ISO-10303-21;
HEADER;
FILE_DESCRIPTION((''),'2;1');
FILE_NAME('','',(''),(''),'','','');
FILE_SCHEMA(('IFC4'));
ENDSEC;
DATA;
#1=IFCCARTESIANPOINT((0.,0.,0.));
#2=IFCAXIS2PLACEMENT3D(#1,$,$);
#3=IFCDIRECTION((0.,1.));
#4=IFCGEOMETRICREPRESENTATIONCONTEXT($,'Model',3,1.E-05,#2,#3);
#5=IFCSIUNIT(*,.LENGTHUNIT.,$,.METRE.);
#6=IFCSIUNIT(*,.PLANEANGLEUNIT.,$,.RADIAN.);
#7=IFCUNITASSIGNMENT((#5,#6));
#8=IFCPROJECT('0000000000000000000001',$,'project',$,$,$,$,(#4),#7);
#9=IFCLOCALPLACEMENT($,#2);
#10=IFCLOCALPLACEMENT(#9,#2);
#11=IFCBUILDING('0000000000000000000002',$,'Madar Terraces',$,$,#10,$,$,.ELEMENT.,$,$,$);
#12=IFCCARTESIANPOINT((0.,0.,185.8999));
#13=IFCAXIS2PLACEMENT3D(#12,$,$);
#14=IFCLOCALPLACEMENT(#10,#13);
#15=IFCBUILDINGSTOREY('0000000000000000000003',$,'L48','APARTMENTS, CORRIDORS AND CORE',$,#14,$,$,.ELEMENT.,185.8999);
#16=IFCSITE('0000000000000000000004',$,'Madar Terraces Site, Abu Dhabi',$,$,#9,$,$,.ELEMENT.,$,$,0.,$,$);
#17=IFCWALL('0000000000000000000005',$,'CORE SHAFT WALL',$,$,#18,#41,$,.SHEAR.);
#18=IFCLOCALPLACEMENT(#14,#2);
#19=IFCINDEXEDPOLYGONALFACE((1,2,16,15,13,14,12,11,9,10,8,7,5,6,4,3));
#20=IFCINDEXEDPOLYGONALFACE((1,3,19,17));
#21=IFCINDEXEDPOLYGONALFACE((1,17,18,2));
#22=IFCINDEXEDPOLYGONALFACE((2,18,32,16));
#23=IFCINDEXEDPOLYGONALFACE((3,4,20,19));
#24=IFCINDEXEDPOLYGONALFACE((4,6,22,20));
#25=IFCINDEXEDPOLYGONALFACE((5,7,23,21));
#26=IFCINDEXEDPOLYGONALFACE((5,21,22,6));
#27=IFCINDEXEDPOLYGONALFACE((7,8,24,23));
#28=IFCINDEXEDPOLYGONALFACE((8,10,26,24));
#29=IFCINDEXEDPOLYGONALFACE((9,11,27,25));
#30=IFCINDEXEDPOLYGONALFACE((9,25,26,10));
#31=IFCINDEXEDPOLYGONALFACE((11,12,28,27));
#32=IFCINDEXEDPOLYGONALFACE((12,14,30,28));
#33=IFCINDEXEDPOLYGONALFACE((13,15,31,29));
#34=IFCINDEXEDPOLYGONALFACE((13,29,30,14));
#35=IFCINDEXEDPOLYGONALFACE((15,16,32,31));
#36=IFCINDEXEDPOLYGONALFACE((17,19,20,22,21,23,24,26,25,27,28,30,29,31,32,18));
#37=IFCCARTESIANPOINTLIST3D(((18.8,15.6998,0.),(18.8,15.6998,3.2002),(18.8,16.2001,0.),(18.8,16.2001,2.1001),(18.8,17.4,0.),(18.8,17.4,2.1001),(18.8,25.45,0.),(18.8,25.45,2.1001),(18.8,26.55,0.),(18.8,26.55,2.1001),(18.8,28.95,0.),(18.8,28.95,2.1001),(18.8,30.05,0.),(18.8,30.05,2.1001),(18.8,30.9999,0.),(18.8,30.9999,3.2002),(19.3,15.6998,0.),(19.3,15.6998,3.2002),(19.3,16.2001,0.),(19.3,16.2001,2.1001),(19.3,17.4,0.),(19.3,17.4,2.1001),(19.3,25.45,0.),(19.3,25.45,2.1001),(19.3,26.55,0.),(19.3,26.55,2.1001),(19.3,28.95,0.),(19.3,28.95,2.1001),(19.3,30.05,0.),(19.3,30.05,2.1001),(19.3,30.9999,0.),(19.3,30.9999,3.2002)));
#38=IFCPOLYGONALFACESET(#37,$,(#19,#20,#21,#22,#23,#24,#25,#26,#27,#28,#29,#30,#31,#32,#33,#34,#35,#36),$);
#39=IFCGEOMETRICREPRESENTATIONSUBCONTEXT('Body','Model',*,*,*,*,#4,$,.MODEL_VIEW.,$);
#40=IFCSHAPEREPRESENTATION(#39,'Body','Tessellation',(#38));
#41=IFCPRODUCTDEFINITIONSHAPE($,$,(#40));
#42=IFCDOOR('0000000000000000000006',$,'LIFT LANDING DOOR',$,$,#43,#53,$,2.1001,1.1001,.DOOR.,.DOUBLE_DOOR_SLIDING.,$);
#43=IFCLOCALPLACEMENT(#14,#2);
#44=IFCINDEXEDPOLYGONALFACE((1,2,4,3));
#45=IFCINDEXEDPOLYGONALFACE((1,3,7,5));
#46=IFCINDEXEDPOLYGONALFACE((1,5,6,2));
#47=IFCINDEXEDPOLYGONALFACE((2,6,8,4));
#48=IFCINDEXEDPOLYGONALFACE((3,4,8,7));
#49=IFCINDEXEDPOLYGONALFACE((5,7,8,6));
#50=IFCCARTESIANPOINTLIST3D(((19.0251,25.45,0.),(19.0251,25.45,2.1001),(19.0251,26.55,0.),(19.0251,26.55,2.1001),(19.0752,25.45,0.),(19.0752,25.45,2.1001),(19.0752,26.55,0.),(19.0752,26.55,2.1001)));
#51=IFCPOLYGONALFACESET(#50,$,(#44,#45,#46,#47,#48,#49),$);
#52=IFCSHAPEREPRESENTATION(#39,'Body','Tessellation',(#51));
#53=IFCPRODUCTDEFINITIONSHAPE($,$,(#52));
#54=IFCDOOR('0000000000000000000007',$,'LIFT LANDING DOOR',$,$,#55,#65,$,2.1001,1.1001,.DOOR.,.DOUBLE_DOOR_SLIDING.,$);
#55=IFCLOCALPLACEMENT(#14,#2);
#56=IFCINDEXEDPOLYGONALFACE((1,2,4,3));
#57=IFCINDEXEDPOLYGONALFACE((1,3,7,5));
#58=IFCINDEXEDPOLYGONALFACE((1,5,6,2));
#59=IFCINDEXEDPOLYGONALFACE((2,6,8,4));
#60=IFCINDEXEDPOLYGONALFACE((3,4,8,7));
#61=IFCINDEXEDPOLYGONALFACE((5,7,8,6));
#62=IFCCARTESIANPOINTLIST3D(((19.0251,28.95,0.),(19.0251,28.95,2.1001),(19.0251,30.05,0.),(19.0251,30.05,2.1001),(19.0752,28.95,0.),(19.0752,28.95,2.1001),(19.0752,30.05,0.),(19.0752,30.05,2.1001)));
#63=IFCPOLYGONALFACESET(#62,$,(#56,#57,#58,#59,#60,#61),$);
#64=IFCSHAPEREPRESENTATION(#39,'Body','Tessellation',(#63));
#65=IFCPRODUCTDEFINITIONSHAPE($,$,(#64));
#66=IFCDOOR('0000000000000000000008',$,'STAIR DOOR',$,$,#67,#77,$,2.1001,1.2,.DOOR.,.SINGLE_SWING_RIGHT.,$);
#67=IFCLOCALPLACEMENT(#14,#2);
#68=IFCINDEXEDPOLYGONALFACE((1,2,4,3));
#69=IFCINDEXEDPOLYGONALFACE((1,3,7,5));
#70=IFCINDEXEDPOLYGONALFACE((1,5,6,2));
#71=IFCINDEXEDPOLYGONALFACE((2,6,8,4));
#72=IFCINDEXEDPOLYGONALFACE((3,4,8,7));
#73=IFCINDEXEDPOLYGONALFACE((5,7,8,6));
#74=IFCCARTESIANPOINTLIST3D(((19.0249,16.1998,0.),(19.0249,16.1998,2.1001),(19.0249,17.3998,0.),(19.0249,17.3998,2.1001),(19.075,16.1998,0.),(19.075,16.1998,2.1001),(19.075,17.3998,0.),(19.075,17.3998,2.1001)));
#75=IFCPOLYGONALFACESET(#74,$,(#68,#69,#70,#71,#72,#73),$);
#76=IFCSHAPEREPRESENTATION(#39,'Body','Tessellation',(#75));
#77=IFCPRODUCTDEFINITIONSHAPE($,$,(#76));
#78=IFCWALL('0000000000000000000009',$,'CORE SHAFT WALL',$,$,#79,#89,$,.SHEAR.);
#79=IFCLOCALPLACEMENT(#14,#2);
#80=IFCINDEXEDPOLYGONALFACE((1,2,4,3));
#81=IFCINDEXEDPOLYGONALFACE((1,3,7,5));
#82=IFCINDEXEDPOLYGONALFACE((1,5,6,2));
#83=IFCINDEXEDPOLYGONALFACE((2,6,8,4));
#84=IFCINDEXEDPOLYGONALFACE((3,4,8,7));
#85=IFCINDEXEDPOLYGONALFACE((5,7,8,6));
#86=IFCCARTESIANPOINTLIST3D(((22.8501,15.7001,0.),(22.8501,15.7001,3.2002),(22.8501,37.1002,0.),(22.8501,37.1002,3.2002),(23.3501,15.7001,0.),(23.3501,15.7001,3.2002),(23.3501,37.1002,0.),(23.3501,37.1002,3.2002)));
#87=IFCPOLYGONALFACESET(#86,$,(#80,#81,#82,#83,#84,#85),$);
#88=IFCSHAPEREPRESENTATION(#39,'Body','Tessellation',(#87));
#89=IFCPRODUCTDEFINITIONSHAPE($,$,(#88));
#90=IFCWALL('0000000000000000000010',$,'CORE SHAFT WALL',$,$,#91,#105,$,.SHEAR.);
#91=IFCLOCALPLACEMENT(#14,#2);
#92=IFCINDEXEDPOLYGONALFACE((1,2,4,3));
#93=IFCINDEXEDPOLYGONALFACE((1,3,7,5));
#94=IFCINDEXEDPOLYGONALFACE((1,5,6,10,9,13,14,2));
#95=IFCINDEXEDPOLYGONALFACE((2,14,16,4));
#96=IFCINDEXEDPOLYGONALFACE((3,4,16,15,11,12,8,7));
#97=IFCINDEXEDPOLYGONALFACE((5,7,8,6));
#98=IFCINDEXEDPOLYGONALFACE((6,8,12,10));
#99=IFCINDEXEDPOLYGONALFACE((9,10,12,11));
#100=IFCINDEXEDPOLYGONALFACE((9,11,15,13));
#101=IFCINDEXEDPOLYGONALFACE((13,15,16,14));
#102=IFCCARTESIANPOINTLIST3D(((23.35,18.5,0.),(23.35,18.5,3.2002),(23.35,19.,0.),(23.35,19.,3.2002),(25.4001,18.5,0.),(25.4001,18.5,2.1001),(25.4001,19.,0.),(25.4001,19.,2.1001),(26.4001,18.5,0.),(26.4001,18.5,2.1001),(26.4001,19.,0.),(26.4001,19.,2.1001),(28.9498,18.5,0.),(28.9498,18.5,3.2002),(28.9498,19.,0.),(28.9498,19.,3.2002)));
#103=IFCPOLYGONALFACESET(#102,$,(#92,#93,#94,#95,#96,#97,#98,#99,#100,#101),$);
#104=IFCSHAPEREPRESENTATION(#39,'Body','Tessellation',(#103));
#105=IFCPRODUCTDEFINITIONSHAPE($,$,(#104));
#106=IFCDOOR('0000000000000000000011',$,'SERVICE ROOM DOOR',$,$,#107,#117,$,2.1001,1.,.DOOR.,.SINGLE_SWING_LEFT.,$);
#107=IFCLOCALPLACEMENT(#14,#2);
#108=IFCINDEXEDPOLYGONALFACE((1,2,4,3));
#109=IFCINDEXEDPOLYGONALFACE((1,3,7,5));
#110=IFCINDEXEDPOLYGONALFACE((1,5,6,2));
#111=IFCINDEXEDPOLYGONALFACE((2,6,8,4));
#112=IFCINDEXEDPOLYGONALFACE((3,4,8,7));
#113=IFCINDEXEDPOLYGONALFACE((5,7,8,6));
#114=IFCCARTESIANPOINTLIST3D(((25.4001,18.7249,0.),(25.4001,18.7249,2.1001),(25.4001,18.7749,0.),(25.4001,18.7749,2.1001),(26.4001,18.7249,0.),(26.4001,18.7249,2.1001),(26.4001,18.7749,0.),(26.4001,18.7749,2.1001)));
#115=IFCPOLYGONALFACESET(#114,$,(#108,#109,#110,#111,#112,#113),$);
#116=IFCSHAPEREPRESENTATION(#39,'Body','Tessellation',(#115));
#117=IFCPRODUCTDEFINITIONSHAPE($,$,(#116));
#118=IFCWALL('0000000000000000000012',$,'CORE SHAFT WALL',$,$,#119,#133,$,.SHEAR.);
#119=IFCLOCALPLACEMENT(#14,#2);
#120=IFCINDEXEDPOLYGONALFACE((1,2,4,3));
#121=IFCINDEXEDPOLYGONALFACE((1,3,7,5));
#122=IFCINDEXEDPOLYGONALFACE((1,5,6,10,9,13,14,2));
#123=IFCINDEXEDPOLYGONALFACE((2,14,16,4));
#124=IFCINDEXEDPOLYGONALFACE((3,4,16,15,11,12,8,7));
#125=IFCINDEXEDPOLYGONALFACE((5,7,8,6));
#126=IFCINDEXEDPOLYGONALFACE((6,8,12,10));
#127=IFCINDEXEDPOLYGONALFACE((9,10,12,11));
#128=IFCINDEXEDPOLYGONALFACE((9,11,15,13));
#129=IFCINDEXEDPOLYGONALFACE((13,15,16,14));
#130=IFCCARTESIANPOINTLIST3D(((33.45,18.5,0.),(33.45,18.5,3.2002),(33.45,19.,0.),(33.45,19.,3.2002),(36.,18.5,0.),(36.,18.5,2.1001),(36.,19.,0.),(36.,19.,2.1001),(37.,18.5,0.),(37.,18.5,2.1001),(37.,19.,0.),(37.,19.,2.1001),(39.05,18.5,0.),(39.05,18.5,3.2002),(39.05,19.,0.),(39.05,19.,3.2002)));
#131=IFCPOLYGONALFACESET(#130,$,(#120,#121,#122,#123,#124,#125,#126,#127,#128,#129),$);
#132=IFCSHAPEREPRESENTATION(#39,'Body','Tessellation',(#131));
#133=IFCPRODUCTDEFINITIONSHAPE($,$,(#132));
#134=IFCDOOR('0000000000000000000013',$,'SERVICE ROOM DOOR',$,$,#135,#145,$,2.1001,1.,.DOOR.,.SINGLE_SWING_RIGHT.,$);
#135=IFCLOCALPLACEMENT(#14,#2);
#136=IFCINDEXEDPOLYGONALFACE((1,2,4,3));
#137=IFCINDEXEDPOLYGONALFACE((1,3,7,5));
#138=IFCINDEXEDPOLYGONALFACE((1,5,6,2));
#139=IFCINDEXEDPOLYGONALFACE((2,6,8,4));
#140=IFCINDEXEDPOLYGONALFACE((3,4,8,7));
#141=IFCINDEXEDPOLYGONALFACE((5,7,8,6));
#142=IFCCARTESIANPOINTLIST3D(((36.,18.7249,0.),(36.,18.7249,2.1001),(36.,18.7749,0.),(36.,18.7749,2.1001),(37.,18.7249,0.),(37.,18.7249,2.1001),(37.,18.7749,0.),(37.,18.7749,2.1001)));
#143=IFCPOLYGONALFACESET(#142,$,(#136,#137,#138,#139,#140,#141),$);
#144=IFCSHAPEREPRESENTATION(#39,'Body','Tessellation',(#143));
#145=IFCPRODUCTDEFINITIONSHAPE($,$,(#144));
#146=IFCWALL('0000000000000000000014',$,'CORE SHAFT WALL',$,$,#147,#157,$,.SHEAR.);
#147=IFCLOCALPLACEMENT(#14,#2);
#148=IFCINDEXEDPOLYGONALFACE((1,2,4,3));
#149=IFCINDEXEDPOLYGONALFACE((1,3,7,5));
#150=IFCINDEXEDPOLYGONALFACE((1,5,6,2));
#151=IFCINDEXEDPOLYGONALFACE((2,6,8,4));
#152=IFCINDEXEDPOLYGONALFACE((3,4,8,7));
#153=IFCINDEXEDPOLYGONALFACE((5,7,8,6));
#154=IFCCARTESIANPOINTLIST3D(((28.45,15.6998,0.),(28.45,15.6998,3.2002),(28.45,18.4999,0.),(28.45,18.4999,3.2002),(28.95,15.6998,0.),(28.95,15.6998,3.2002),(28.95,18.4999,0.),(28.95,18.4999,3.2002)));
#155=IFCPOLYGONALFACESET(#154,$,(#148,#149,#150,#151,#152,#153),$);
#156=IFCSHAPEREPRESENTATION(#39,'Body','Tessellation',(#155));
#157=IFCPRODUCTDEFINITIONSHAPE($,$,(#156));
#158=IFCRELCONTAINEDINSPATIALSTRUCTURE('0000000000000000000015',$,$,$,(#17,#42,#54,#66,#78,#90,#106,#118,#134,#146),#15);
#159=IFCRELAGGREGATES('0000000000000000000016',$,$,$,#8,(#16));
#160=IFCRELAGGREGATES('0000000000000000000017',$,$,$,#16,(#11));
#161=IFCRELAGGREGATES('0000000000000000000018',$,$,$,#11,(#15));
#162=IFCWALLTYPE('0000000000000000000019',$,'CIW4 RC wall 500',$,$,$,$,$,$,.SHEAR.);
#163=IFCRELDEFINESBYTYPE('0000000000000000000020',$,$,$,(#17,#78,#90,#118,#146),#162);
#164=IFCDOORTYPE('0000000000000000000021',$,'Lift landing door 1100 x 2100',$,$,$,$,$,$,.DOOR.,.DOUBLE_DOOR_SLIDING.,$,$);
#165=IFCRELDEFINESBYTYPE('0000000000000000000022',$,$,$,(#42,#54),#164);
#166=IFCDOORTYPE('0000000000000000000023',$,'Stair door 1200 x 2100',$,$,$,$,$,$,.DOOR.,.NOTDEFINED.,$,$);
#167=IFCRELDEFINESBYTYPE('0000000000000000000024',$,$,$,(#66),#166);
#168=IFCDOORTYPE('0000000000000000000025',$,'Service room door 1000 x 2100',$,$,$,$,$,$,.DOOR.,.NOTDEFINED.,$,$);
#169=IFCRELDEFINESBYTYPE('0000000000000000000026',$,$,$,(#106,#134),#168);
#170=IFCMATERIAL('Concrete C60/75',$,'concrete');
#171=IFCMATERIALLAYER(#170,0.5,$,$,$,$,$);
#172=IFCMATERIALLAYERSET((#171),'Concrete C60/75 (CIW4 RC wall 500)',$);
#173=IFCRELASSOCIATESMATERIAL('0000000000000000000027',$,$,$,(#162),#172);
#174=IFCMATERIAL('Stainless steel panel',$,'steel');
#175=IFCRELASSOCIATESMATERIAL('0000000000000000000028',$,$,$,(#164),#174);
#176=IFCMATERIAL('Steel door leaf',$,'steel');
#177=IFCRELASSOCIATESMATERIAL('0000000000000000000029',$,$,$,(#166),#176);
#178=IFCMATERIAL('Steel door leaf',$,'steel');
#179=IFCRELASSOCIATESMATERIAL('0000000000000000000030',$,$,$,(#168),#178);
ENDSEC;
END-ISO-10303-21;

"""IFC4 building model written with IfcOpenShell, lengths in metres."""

from ifc_helpers import new_model, si_unit, direction, frame, frame_2d, origin, place, context, subcontext, project, spatial, rectangle, extrude, material, layer, layer_set, type_object, element, fill, save


model = new_model("IFC4")

# Units and contexts
model_context = context("Model", 3, precision=1e-05, world=origin(), true_north=direction((0.0, 1.0)))
body_context = subcontext(model_context, "Body", "Model", "MODEL_VIEW")
ifc_project = project(units=[si_unit("LENGTHUNIT", "METRE"), si_unit("PLANEANGLEUNIT", "RADIAN")], contexts=[model_context])

# Site, building, storey
site_placement = place(None, origin())
site = spatial("IfcSite", under=ifc_project, at=site_placement, Name="Madar Terraces Site, Abu Dhabi", CompositionType="ELEMENT", RefElevation=0.0)
building_placement = place(site_placement, origin())
building = spatial("IfcBuilding", under=site, at=building_placement, Name="Madar Terraces", CompositionType="ELEMENT")
storey_placement = place(building_placement, frame((0.0, 0.0, 185.8999)))
storey = spatial("IfcBuildingStorey", under=building, at=storey_placement, Name="L48", Description="APARTMENTS, CORRIDORS AND CORE", CompositionType="ELEMENT", Elevation=185.8999)

# Wall, openings, doors
ifc_material_1 = material(Name="Concrete C60/75", Category="concrete")
ifc_layer_1 = layer(ifc_material_1, 0.5)
ifc_layer_set_1 = layer_set([ifc_layer_1], Name="Concrete C60/75 (CIW4 RC wall 500)")
wall_type_1 = type_object("IfcWallType", Name="CIW4 RC wall 500", PredefinedType="SHEAR", material=ifc_layer_set_1)
wall_1_placement = place(storey_placement, frame((19.05, 15.7, 0.0), z_axis=(0.0, 0.0, 1.0), x_axis=(0.0, 1.0, 0.0)))
wall_1 = element("IfcWall", 1, at=wall_1_placement, inside=storey, type_object=wall_type_1, Name="CORE SHAFT WALL", PredefinedType="SHEAR", context=body_context, shape_type="SweptSolid", body=[
    extrude(rectangle(XDim=15.3, YDim=0.5, at=frame_2d((7.6499, 0.0))), origin(), (0.0, 0.0, 1.0), 3.2002),
])
opening_1_placement = place(wall_1_placement, frame((9.75, 0.0, 0.0)))
opening_1 = element("IfcOpeningElement", 2, at=opening_1_placement, cuts=wall_1, PredefinedType="OPENING", context=body_context, shape_type="SweptSolid", body=[
    extrude(rectangle(XDim=1.1001, YDim=2.1001, at=frame_2d((0.55, 1.05))), frame((0.0, 0.26, 0.0), z_axis=(0.0, -1.0, 0.0), x_axis=(1.0, 0.0, 0.0)), (0.0, 0.0, 1.0), 0.52),
])
opening_2_placement = place(wall_1_placement, frame((13.25, 0.0, 0.0)))
opening_2 = element("IfcOpeningElement", 3, at=opening_2_placement, cuts=wall_1, PredefinedType="OPENING", context=body_context, shape_type="SweptSolid", body=[
    extrude(rectangle(XDim=1.1001, YDim=2.1001, at=frame_2d((0.55, 1.05))), frame((0.0, 0.26, 0.0), z_axis=(0.0, -1.0, 0.0), x_axis=(1.0, 0.0, 0.0)), (0.0, 0.0, 1.0), 0.52),
])
opening_3_placement = place(wall_1_placement, frame((0.5, 0.0, 0.0)))
opening_3 = element("IfcOpeningElement", 4, at=opening_3_placement, cuts=wall_1, PredefinedType="OPENING", context=body_context, shape_type="SweptSolid", body=[
    extrude(rectangle(XDim=1.2, YDim=2.1001, at=frame_2d((0.6001, 1.05))), frame((0.0, 0.26, 0.0), z_axis=(0.0, -1.0, 0.0), x_axis=(1.0, 0.0, 0.0)), (0.0, 0.0, 1.0), 0.52),
])
ifc_material_2 = material(Name="Stainless steel panel", Category="steel")
door_type_1 = type_object("IfcDoorType", Name="Lift landing door 1100 x 2100", OperationType="DOUBLE_DOOR_SLIDING", PredefinedType="DOOR", material=ifc_material_2)
door_1_placement = place(opening_1_placement, origin())
door_1 = element("IfcDoor", 5, at=door_1_placement, inside=storey, type_object=door_type_1, Name="LIFT LANDING DOOR", OperationType="DOUBLE_DOOR_SLIDING", OverallHeight=2.1001, OverallWidth=1.1001, PredefinedType="DOOR", context=body_context, shape_type="SweptSolid", body=[
    extrude(rectangle(XDim=1.1001, YDim=2.1001, at=frame_2d((0.55, 1.05))), frame((0.0, 0.0249, 0.0), z_axis=(0.0, -1.0, 0.0), x_axis=(1.0, 0.0, 0.0)), (0.0, 0.0, 1.0), 0.05),
])
fill(opening_1, door_1)
door_2_placement = place(opening_2_placement, origin())
door_2 = element("IfcDoor", 6, at=door_2_placement, inside=storey, type_object=door_type_1, Name="LIFT LANDING DOOR", OperationType="DOUBLE_DOOR_SLIDING", OverallHeight=2.1001, OverallWidth=1.1001, PredefinedType="DOOR", context=body_context, shape_type="SweptSolid", body=[
    extrude(rectangle(XDim=1.1001, YDim=2.1001, at=frame_2d((0.55, 1.05))), frame((0.0, 0.0249, 0.0), z_axis=(0.0, -1.0, 0.0), x_axis=(1.0, 0.0, 0.0)), (0.0, 0.0, 1.0), 0.05),
])
fill(opening_2, door_2)
ifc_material_3 = material(Name="Steel door leaf", Category="steel")
door_type_2 = type_object("IfcDoorType", Name="Stair door 1200 x 2100", OperationType="NOTDEFINED", PredefinedType="DOOR", material=ifc_material_3)
door_3_placement = place(opening_3_placement, frame((1.2, 0.0, 0.0), z_axis=(0.0, 0.0, 1.0), x_axis=(-1.0, 0.0, 0.0)))
door_3 = element("IfcDoor", 7, at=door_3_placement, inside=storey, type_object=door_type_2, Name="STAIR DOOR", OperationType="SINGLE_SWING_RIGHT", OverallHeight=2.1001, OverallWidth=1.2, PredefinedType="DOOR", context=body_context, shape_type="SweptSolid", body=[
    extrude(rectangle(XDim=1.2, YDim=2.1001, at=frame_2d((0.6001, 1.05))), frame((0.0, 0.0249, 0.0), z_axis=(0.0, -1.0, 0.0), x_axis=(1.0, 0.0, 0.0)), (0.0, 0.0, 1.0), 0.05),
])
fill(opening_3, door_3)

# Wall
wall_2_placement = place(storey_placement, frame((23.1001, 15.7, 0.0), z_axis=(0.0, 0.0, 1.0), x_axis=(0.0, 1.0, 0.0)))
element("IfcWall", 8, at=wall_2_placement, inside=storey, type_object=wall_type_1, Name="CORE SHAFT WALL", PredefinedType="SHEAR", context=body_context, shape_type="SweptSolid", body=[
    extrude(rectangle(XDim=21.4001, YDim=0.5, at=frame_2d((10.7002, 0.0))), origin(), (0.0, 0.0, 1.0), 3.2002),
])

# Walls, openings, doors
wall_3_placement = place(storey_placement, frame((23.3501, 18.75, 0.0), z_axis=(0.0, 0.0, 1.0), x_axis=(1.0, 0.0, 0.0)))
wall_3 = element("IfcWall", 9, at=wall_3_placement, inside=storey, type_object=wall_type_1, Name="CORE SHAFT WALL", PredefinedType="SHEAR", context=body_context, shape_type="SweptSolid", body=[
    extrude(rectangle(XDim=5.5999, YDim=0.5, at=frame_2d((2.7998, 0.0))), origin(), (0.0, 0.0, 1.0), 3.2002),
])
opening_4_placement = place(wall_3_placement, frame((2.05, 0.0, 0.0)))
opening_4 = element("IfcOpeningElement", 10, at=opening_4_placement, cuts=wall_3, PredefinedType="OPENING", context=body_context, shape_type="SweptSolid", body=[
    extrude(rectangle(XDim=1.0, YDim=2.1001, at=frame_2d((0.5, 1.05))), frame((0.0, 0.26, 0.0), z_axis=(0.0, -1.0, 0.0), x_axis=(1.0, 0.0, 0.0)), (0.0, 0.0, 1.0), 0.52),
])
ifc_material_4 = material(Name="Steel door leaf", Category="steel")
door_type_3 = type_object("IfcDoorType", Name="Service room door 1000 x 2100", OperationType="NOTDEFINED", PredefinedType="DOOR", material=ifc_material_4)
door_4_placement = place(opening_4_placement, origin())
door_4 = element("IfcDoor", 11, at=door_4_placement, inside=storey, type_object=door_type_3, Name="SERVICE ROOM DOOR", OperationType="SINGLE_SWING_LEFT", OverallHeight=2.1001, OverallWidth=1.0, PredefinedType="DOOR", context=body_context, shape_type="SweptSolid", body=[
    extrude(rectangle(XDim=1.0, YDim=2.1001, at=frame_2d((0.5, 1.05))), frame((0.0, 0.0249, 0.0), z_axis=(0.0, -1.0, 0.0), x_axis=(1.0, 0.0, 0.0)), (0.0, 0.0, 1.0), 0.05),
])
fill(opening_4, door_4)
wall_4_placement = place(storey_placement, frame((33.45, 18.75, 0.0), z_axis=(0.0, 0.0, 1.0), x_axis=(1.0, 0.0, 0.0)))
wall_4 = element("IfcWall", 12, at=wall_4_placement, inside=storey, type_object=wall_type_1, Name="CORE SHAFT WALL", PredefinedType="SHEAR", context=body_context, shape_type="SweptSolid", body=[
    extrude(rectangle(XDim=5.6001, YDim=0.5, at=frame_2d((2.8, 0.0))), origin(), (0.0, 0.0, 1.0), 3.2002),
])
opening_5_placement = place(wall_4_placement, frame((2.55, 0.0, 0.0)))
opening_5 = element("IfcOpeningElement", 13, at=opening_5_placement, cuts=wall_4, PredefinedType="OPENING", context=body_context, shape_type="SweptSolid", body=[
    extrude(rectangle(XDim=1.0, YDim=2.1001, at=frame_2d((0.5, 1.05))), frame((0.0, 0.26, 0.0), z_axis=(0.0, -1.0, 0.0), x_axis=(1.0, 0.0, 0.0)), (0.0, 0.0, 1.0), 0.52),
])
door_5_placement = place(opening_5_placement, origin())
door_5 = element("IfcDoor", 14, at=door_5_placement, inside=storey, type_object=door_type_3, Name="SERVICE ROOM DOOR", OperationType="SINGLE_SWING_RIGHT", OverallHeight=2.1001, OverallWidth=1.0, PredefinedType="DOOR", context=body_context, shape_type="SweptSolid", body=[
    extrude(rectangle(XDim=1.0, YDim=2.1001, at=frame_2d((0.5, 1.05))), frame((0.0, 0.0249, 0.0), z_axis=(0.0, -1.0, 0.0), x_axis=(1.0, 0.0, 0.0)), (0.0, 0.0, 1.0), 0.05),
])
fill(opening_5, door_5)

# Wall
wall_5_placement = place(storey_placement, frame((28.7, 15.7, 0.0), z_axis=(0.0, 0.0, 1.0), x_axis=(0.0, 1.0, 0.0)))
element("IfcWall", 15, at=wall_5_placement, inside=storey, type_object=wall_type_1, Name="CORE SHAFT WALL", PredefinedType="SHEAR", context=body_context, shape_type="SweptSolid", body=[
    extrude(rectangle(XDim=2.8, YDim=0.5, at=frame_2d((1.3999, 0.0))), origin(), (0.0, 0.0, 1.0), 3.2002),
])

save(model, "model.ifc")
